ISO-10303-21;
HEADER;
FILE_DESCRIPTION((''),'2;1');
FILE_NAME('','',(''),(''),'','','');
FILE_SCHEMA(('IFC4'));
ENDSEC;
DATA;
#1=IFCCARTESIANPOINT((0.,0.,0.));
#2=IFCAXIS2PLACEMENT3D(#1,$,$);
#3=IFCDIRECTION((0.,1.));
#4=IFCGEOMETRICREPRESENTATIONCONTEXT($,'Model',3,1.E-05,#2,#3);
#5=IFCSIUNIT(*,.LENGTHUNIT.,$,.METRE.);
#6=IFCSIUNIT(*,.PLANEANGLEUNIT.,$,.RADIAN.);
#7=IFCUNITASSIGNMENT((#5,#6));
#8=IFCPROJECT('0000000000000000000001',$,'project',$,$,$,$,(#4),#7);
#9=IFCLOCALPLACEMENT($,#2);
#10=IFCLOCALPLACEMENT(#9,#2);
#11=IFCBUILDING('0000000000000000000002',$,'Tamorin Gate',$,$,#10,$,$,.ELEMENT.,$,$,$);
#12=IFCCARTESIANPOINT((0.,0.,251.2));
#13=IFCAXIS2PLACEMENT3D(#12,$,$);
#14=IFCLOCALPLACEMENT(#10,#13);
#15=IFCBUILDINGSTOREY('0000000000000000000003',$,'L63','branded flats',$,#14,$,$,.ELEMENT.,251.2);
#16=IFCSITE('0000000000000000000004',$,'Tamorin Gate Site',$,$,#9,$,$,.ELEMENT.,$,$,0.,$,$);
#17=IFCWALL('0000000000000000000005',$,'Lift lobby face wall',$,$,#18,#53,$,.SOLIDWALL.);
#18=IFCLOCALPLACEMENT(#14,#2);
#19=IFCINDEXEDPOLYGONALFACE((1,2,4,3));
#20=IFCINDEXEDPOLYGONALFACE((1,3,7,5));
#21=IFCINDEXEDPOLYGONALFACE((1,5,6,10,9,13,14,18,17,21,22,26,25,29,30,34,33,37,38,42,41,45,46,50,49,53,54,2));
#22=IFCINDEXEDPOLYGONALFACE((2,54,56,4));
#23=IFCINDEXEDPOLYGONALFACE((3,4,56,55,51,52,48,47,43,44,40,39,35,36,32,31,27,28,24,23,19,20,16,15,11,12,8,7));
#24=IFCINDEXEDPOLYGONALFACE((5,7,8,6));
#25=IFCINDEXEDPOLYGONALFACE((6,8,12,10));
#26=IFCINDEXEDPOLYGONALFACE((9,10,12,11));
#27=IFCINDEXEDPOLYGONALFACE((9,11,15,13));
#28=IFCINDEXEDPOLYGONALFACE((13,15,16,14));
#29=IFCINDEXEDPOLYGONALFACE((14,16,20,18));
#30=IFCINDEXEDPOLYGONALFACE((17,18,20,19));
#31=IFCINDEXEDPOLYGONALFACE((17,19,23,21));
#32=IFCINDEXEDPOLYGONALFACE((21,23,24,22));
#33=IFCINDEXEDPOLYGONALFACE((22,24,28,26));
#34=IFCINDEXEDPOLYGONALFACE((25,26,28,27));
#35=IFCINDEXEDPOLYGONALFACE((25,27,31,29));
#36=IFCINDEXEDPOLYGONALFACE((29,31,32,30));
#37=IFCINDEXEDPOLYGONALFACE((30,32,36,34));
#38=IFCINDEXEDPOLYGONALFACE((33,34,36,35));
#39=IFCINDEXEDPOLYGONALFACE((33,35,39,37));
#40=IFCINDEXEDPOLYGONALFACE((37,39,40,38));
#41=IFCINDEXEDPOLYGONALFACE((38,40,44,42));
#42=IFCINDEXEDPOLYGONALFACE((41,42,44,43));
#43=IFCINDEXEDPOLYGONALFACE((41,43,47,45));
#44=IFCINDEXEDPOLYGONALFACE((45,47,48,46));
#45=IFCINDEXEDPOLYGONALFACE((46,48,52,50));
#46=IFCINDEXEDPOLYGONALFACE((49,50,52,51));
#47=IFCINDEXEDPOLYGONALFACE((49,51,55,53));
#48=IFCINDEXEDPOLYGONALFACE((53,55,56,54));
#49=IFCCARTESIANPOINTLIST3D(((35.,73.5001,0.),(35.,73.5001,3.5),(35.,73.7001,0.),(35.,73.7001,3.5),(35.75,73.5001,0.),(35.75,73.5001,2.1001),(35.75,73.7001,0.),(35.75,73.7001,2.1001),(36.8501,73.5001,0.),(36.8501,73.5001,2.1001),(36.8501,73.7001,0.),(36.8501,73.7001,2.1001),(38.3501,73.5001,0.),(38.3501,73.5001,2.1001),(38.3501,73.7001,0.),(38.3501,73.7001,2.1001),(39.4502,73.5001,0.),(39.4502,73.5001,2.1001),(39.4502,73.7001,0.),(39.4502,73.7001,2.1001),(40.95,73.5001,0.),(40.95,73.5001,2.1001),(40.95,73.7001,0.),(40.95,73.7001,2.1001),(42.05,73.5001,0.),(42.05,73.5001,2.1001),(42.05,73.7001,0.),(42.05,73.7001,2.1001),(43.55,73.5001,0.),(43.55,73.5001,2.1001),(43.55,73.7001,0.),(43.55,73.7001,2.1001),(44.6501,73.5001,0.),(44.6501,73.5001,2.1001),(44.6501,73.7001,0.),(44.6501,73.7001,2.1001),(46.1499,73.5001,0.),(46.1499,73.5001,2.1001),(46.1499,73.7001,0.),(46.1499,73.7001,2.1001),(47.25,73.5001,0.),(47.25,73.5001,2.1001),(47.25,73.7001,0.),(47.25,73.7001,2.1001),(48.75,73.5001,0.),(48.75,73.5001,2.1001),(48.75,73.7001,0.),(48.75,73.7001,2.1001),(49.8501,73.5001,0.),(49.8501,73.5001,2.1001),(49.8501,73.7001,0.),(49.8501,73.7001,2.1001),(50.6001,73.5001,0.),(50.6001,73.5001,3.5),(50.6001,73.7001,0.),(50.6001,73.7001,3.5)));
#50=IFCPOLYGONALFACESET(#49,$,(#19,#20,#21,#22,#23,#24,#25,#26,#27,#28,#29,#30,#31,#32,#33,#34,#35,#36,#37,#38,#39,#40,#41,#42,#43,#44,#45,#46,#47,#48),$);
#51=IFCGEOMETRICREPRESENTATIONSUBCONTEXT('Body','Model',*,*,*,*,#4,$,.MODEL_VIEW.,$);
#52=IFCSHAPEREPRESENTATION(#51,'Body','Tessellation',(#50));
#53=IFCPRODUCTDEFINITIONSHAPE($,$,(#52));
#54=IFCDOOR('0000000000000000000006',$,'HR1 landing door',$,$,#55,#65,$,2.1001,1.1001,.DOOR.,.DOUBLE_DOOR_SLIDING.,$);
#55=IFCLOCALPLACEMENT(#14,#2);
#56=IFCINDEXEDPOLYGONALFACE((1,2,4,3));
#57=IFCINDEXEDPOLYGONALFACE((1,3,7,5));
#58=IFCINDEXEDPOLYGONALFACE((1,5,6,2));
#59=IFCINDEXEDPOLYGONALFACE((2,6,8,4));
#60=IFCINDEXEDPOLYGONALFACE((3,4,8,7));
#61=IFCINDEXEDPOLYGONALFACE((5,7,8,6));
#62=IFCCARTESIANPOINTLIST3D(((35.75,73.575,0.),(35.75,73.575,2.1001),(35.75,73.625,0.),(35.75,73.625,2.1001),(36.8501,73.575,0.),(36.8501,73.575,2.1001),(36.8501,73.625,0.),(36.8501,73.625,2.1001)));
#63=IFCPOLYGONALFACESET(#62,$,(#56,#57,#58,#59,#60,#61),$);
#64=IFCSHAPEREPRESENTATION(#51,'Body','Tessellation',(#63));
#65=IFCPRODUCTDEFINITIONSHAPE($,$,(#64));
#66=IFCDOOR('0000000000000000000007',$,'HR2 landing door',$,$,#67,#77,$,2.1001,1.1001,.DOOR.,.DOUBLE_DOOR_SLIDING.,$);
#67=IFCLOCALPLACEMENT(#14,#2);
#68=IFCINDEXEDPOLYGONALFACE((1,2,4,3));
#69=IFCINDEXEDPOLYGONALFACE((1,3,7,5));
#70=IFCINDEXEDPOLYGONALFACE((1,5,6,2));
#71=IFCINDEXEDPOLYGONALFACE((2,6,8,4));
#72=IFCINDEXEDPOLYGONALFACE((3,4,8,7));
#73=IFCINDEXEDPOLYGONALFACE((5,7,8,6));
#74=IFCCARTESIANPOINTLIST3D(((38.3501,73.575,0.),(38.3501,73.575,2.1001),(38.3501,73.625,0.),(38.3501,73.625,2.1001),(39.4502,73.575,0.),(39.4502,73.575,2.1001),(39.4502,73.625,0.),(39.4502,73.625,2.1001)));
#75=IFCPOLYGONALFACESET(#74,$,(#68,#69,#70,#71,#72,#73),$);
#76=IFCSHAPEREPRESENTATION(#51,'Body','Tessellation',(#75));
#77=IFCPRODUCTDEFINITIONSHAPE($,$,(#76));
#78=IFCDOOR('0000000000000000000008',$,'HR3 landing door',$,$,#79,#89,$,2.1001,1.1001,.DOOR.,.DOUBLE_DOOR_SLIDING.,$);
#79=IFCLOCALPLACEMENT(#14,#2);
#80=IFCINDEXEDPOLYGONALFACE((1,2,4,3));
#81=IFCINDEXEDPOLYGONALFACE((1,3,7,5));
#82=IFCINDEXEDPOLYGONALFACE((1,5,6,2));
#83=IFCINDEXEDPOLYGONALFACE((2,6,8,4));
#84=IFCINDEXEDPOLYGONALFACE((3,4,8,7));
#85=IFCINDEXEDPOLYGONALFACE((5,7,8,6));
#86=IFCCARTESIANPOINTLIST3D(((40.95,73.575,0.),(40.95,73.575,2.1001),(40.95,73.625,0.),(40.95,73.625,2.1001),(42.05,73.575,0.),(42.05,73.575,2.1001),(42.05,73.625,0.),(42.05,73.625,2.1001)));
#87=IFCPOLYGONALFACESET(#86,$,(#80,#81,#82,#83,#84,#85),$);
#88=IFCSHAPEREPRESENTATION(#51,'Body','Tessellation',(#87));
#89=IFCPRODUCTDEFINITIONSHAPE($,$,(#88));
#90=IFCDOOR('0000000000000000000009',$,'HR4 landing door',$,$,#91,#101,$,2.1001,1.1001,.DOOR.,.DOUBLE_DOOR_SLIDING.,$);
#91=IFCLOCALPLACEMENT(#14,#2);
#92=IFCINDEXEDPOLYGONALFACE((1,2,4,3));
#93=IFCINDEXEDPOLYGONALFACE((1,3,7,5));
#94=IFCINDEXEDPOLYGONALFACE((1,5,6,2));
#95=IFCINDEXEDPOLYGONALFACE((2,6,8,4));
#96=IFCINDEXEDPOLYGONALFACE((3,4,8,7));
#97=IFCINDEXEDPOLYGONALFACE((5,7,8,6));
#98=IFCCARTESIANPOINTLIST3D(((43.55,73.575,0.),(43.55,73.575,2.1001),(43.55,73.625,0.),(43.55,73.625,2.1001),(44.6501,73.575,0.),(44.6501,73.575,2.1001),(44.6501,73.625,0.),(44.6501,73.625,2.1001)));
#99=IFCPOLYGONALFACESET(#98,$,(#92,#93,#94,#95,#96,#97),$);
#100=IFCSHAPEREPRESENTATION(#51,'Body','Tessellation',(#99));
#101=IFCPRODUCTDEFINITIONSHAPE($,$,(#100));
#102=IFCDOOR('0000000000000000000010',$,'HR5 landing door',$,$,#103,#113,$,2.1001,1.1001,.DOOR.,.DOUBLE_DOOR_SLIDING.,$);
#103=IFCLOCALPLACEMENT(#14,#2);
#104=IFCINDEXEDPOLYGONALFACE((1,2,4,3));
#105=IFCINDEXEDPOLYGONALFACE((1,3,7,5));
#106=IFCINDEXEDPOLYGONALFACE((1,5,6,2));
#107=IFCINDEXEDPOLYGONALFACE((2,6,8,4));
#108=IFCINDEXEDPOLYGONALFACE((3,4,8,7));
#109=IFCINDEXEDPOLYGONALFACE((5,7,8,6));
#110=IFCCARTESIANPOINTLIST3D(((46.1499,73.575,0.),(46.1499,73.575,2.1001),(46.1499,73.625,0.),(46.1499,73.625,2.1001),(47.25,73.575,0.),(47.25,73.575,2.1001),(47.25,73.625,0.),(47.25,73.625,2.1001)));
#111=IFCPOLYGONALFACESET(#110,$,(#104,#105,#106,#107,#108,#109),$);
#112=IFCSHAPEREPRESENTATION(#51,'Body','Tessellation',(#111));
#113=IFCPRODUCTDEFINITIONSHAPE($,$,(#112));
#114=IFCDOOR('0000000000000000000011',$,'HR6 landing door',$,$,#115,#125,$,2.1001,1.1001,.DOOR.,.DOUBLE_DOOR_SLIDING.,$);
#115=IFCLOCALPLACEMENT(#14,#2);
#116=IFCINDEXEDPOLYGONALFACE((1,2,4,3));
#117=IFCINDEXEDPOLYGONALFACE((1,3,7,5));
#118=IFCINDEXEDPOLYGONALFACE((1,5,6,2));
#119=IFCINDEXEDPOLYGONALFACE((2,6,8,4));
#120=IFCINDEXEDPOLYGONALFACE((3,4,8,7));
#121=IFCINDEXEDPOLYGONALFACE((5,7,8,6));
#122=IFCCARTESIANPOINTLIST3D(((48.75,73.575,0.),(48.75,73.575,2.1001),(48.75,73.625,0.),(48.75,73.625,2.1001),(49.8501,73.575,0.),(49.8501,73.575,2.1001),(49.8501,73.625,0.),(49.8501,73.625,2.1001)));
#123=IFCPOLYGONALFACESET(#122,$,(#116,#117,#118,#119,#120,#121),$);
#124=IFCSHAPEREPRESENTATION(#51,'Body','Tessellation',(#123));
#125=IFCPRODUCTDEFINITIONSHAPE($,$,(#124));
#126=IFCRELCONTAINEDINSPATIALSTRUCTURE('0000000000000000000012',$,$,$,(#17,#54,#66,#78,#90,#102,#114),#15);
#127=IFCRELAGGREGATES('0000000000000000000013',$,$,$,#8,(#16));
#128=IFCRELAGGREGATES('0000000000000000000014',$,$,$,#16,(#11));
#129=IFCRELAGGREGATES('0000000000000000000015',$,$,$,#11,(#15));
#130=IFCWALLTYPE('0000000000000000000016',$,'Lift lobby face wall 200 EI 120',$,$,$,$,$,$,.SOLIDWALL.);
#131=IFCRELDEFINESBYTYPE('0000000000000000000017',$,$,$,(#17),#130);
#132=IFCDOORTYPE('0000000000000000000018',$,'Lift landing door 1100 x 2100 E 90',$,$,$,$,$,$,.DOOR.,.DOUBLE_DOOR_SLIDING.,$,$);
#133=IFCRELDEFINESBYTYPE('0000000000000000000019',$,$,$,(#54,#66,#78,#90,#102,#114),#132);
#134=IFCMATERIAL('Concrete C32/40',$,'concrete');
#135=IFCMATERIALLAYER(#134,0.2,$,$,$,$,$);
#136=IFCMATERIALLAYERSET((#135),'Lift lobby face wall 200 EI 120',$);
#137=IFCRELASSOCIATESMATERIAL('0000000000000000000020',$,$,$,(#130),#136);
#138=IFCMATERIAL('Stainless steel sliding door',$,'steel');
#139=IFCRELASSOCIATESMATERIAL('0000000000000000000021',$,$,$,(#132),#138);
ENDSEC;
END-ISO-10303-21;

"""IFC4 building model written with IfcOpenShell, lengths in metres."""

from ifc_helpers import new_model, si_unit, direction, frame, frame_2d, origin, place, context, subcontext, project, spatial, rectangle, extrude, material, layer, layer_set, type_object, element, fill, save


model = new_model("IFC4")

# Units and contexts
model_context = context("Model", 3, precision=1e-05, world=origin(), true_north=direction((0.0, 1.0)))
body_context = subcontext(model_context, "Body", "Model", "MODEL_VIEW")
ifc_project = project(units=[si_unit("LENGTHUNIT", "METRE"), si_unit("PLANEANGLEUNIT", "RADIAN")], contexts=[model_context])

# Site, building, storey
site_placement = place(None, origin())
site = spatial("IfcSite", under=ifc_project, at=site_placement, Name="Tamorin Gate Site", CompositionType="ELEMENT", RefElevation=0.0)
building_placement = place(site_placement, origin())
building = spatial("IfcBuilding", under=site, at=building_placement, Name="Tamorin Gate", CompositionType="ELEMENT")
storey_placement = place(building_placement, frame((0.0, 0.0, 251.2)))
storey = spatial("IfcBuildingStorey", under=building, at=storey_placement, Name="L63", Description="branded flats", CompositionType="ELEMENT", Elevation=251.2)

# Wall, openings, doors
ifc_material_1 = material(Name="Concrete C32/40", Category="concrete")
ifc_layer_1 = layer(ifc_material_1, 0.2)
ifc_layer_set_1 = layer_set([ifc_layer_1], Name="Lift lobby face wall 200 EI 120")
wall_type_1 = type_object("IfcWallType", Name="Lift lobby face wall 200 EI 120", PredefinedType="SOLIDWALL", material=ifc_layer_set_1)
wall_1_placement = place(storey_placement, frame((35.0, 73.6001, 0.0), z_axis=(0.0, 0.0, 1.0), x_axis=(1.0, 0.0, 0.0)))
wall_1 = element("IfcWall", 1, at=wall_1_placement, inside=storey, type_object=wall_type_1, Name="Lift lobby face wall", PredefinedType="SOLIDWALL", context=body_context, shape_type="SweptSolid", body=[
    extrude(rectangle(XDim=15.6001, YDim=0.2, at=frame_2d((7.8, 0.0))), origin(), (0.0, 0.0, 1.0), 3.5),
])
opening_1_placement = place(wall_1_placement, frame((0.75, 0.0, 0.0)))
opening_1 = element("IfcOpeningElement", 2, at=opening_1_placement, cuts=wall_1, PredefinedType="OPENING", context=body_context, shape_type="SweptSolid", body=[
    extrude(rectangle(XDim=1.1001, YDim=2.1001, at=frame_2d((0.55, 1.05))), frame((0.0, 0.1099, 0.0), z_axis=(0.0, -1.0, 0.0), x_axis=(1.0, 0.0, 0.0)), (0.0, 0.0, 1.0), 0.22),
])
opening_2_placement = place(wall_1_placement, frame((3.3501, 0.0, 0.0)))
opening_2 = element("IfcOpeningElement", 3, at=opening_2_placement, cuts=wall_1, PredefinedType="OPENING", context=body_context, shape_type="SweptSolid", body=[
    extrude(rectangle(XDim=1.1001, YDim=2.1001, at=frame_2d((0.55, 1.05))), frame((0.0, 0.1099, 0.0), z_axis=(0.0, -1.0, 0.0), x_axis=(1.0, 0.0, 0.0)), (0.0, 0.0, 1.0), 0.22),
])
opening_3_placement = place(wall_1_placement, frame((5.95, 0.0, 0.0)))
opening_3 = element("IfcOpeningElement", 4, at=opening_3_placement, cuts=wall_1, PredefinedType="OPENING", context=body_context, shape_type="SweptSolid", body=[
    extrude(rectangle(XDim=1.1001, YDim=2.1001, at=frame_2d((0.55, 1.05))), frame((0.0, 0.1099, 0.0), z_axis=(0.0, -1.0, 0.0), x_axis=(1.0, 0.0, 0.0)), (0.0, 0.0, 1.0), 0.22),
])
opening_4_placement = place(wall_1_placement, frame((8.55, 0.0, 0.0)))
opening_4 = element("IfcOpeningElement", 5, at=opening_4_placement, cuts=wall_1, PredefinedType="OPENING", context=body_context, shape_type="SweptSolid", body=[
    extrude(rectangle(XDim=1.1001, YDim=2.1001, at=frame_2d((0.55, 1.05))), frame((0.0, 0.1099, 0.0), z_axis=(0.0, -1.0, 0.0), x_axis=(1.0, 0.0, 0.0)), (0.0, 0.0, 1.0), 0.22),
])
opening_5_placement = place(wall_1_placement, frame((11.1499, 0.0, 0.0)))
opening_5 = element("IfcOpeningElement", 6, at=opening_5_placement, cuts=wall_1, PredefinedType="OPENING", context=body_context, shape_type="SweptSolid", body=[
    extrude(rectangle(XDim=1.1001, YDim=2.1001, at=frame_2d((0.55, 1.05))), frame((0.0, 0.1099, 0.0), z_axis=(0.0, -1.0, 0.0), x_axis=(1.0, 0.0, 0.0)), (0.0, 0.0, 1.0), 0.22),
])
opening_6_placement = place(wall_1_placement, frame((13.75, 0.0, 0.0)))
opening_6 = element("IfcOpeningElement", 7, at=opening_6_placement, cuts=wall_1, PredefinedType="OPENING", context=body_context, shape_type="SweptSolid", body=[
    extrude(rectangle(XDim=1.1001, YDim=2.1001, at=frame_2d((0.55, 1.05))), frame((0.0, 0.1099, 0.0), z_axis=(0.0, -1.0, 0.0), x_axis=(1.0, 0.0, 0.0)), (0.0, 0.0, 1.0), 0.22),
])
ifc_material_2 = material(Name="Stainless steel sliding door", Category="steel")
door_type_1 = type_object("IfcDoorType", Name="Lift landing door 1100 x 2100 E 90", OperationType="DOUBLE_DOOR_SLIDING", PredefinedType="DOOR", material=ifc_material_2)
door_1_placement = place(opening_1_placement, origin())
door_1 = element("IfcDoor", 8, at=door_1_placement, inside=storey, type_object=door_type_1, Name="HR1 landing door", OperationType="DOUBLE_DOOR_SLIDING", OverallHeight=2.1001, OverallWidth=1.1001, PredefinedType="DOOR", context=body_context, shape_type="SweptSolid", body=[
    extrude(rectangle(XDim=1.1001, YDim=2.1001, at=frame_2d((0.55, 1.05))), frame((0.0, 0.0249, 0.0), z_axis=(0.0, -1.0, 0.0), x_axis=(1.0, 0.0, 0.0)), (0.0, 0.0, 1.0), 0.05),
])
fill(opening_1, door_1)
door_2_placement = place(opening_2_placement, origin())
door_2 = element("IfcDoor", 9, at=door_2_placement, inside=storey, type_object=door_type_1, Name="HR2 landing door", OperationType="DOUBLE_DOOR_SLIDING", OverallHeight=2.1001, OverallWidth=1.1001, PredefinedType="DOOR", context=body_context, shape_type="SweptSolid", body=[
    extrude(rectangle(XDim=1.1001, YDim=2.1001, at=frame_2d((0.55, 1.05))), frame((0.0, 0.0249, 0.0), z_axis=(0.0, -1.0, 0.0), x_axis=(1.0, 0.0, 0.0)), (0.0, 0.0, 1.0), 0.05),
])
fill(opening_2, door_2)
door_3_placement = place(opening_3_placement, origin())
door_3 = element("IfcDoor", 10, at=door_3_placement, inside=storey, type_object=door_type_1, Name="HR3 landing door", OperationType="DOUBLE_DOOR_SLIDING", OverallHeight=2.1001, OverallWidth=1.1001, PredefinedType="DOOR", context=body_context, shape_type="SweptSolid", body=[
    extrude(rectangle(XDim=1.1001, YDim=2.1001, at=frame_2d((0.55, 1.05))), frame((0.0, 0.0249, 0.0), z_axis=(0.0, -1.0, 0.0), x_axis=(1.0, 0.0, 0.0)), (0.0, 0.0, 1.0), 0.05),
])
fill(opening_3, door_3)
door_4_placement = place(opening_4_placement, origin())
door_4 = element("IfcDoor", 11, at=door_4_placement, inside=storey, type_object=door_type_1, Name="HR4 landing door", OperationType="DOUBLE_DOOR_SLIDING", OverallHeight=2.1001, OverallWidth=1.1001, PredefinedType="DOOR", context=body_context, shape_type="SweptSolid", body=[
    extrude(rectangle(XDim=1.1001, YDim=2.1001, at=frame_2d((0.55, 1.05))), frame((0.0, 0.0249, 0.0), z_axis=(0.0, -1.0, 0.0), x_axis=(1.0, 0.0, 0.0)), (0.0, 0.0, 1.0), 0.05),
])
fill(opening_4, door_4)
door_5_placement = place(opening_5_placement, origin())
door_5 = element("IfcDoor", 12, at=door_5_placement, inside=storey, type_object=door_type_1, Name="HR5 landing door", OperationType="DOUBLE_DOOR_SLIDING", OverallHeight=2.1001, OverallWidth=1.1001, PredefinedType="DOOR", context=body_context, shape_type="SweptSolid", body=[
    extrude(rectangle(XDim=1.1001, YDim=2.1001, at=frame_2d((0.55, 1.05))), frame((0.0, 0.0249, 0.0), z_axis=(0.0, -1.0, 0.0), x_axis=(1.0, 0.0, 0.0)), (0.0, 0.0, 1.0), 0.05),
])
fill(opening_5, door_5)
door_6_placement = place(opening_6_placement, origin())
door_6 = element("IfcDoor", 13, at=door_6_placement, inside=storey, type_object=door_type_1, Name="HR6 landing door", OperationType="DOUBLE_DOOR_SLIDING", OverallHeight=2.1001, OverallWidth=1.1001, PredefinedType="DOOR", context=body_context, shape_type="SweptSolid", body=[
    extrude(rectangle(XDim=1.1001, YDim=2.1001, at=frame_2d((0.55, 1.05))), frame((0.0, 0.0249, 0.0), z_axis=(0.0, -1.0, 0.0), x_axis=(1.0, 0.0, 0.0)), (0.0, 0.0, 1.0), 0.05),
])
fill(opening_6, door_6)

save(model, "model.ifc")
